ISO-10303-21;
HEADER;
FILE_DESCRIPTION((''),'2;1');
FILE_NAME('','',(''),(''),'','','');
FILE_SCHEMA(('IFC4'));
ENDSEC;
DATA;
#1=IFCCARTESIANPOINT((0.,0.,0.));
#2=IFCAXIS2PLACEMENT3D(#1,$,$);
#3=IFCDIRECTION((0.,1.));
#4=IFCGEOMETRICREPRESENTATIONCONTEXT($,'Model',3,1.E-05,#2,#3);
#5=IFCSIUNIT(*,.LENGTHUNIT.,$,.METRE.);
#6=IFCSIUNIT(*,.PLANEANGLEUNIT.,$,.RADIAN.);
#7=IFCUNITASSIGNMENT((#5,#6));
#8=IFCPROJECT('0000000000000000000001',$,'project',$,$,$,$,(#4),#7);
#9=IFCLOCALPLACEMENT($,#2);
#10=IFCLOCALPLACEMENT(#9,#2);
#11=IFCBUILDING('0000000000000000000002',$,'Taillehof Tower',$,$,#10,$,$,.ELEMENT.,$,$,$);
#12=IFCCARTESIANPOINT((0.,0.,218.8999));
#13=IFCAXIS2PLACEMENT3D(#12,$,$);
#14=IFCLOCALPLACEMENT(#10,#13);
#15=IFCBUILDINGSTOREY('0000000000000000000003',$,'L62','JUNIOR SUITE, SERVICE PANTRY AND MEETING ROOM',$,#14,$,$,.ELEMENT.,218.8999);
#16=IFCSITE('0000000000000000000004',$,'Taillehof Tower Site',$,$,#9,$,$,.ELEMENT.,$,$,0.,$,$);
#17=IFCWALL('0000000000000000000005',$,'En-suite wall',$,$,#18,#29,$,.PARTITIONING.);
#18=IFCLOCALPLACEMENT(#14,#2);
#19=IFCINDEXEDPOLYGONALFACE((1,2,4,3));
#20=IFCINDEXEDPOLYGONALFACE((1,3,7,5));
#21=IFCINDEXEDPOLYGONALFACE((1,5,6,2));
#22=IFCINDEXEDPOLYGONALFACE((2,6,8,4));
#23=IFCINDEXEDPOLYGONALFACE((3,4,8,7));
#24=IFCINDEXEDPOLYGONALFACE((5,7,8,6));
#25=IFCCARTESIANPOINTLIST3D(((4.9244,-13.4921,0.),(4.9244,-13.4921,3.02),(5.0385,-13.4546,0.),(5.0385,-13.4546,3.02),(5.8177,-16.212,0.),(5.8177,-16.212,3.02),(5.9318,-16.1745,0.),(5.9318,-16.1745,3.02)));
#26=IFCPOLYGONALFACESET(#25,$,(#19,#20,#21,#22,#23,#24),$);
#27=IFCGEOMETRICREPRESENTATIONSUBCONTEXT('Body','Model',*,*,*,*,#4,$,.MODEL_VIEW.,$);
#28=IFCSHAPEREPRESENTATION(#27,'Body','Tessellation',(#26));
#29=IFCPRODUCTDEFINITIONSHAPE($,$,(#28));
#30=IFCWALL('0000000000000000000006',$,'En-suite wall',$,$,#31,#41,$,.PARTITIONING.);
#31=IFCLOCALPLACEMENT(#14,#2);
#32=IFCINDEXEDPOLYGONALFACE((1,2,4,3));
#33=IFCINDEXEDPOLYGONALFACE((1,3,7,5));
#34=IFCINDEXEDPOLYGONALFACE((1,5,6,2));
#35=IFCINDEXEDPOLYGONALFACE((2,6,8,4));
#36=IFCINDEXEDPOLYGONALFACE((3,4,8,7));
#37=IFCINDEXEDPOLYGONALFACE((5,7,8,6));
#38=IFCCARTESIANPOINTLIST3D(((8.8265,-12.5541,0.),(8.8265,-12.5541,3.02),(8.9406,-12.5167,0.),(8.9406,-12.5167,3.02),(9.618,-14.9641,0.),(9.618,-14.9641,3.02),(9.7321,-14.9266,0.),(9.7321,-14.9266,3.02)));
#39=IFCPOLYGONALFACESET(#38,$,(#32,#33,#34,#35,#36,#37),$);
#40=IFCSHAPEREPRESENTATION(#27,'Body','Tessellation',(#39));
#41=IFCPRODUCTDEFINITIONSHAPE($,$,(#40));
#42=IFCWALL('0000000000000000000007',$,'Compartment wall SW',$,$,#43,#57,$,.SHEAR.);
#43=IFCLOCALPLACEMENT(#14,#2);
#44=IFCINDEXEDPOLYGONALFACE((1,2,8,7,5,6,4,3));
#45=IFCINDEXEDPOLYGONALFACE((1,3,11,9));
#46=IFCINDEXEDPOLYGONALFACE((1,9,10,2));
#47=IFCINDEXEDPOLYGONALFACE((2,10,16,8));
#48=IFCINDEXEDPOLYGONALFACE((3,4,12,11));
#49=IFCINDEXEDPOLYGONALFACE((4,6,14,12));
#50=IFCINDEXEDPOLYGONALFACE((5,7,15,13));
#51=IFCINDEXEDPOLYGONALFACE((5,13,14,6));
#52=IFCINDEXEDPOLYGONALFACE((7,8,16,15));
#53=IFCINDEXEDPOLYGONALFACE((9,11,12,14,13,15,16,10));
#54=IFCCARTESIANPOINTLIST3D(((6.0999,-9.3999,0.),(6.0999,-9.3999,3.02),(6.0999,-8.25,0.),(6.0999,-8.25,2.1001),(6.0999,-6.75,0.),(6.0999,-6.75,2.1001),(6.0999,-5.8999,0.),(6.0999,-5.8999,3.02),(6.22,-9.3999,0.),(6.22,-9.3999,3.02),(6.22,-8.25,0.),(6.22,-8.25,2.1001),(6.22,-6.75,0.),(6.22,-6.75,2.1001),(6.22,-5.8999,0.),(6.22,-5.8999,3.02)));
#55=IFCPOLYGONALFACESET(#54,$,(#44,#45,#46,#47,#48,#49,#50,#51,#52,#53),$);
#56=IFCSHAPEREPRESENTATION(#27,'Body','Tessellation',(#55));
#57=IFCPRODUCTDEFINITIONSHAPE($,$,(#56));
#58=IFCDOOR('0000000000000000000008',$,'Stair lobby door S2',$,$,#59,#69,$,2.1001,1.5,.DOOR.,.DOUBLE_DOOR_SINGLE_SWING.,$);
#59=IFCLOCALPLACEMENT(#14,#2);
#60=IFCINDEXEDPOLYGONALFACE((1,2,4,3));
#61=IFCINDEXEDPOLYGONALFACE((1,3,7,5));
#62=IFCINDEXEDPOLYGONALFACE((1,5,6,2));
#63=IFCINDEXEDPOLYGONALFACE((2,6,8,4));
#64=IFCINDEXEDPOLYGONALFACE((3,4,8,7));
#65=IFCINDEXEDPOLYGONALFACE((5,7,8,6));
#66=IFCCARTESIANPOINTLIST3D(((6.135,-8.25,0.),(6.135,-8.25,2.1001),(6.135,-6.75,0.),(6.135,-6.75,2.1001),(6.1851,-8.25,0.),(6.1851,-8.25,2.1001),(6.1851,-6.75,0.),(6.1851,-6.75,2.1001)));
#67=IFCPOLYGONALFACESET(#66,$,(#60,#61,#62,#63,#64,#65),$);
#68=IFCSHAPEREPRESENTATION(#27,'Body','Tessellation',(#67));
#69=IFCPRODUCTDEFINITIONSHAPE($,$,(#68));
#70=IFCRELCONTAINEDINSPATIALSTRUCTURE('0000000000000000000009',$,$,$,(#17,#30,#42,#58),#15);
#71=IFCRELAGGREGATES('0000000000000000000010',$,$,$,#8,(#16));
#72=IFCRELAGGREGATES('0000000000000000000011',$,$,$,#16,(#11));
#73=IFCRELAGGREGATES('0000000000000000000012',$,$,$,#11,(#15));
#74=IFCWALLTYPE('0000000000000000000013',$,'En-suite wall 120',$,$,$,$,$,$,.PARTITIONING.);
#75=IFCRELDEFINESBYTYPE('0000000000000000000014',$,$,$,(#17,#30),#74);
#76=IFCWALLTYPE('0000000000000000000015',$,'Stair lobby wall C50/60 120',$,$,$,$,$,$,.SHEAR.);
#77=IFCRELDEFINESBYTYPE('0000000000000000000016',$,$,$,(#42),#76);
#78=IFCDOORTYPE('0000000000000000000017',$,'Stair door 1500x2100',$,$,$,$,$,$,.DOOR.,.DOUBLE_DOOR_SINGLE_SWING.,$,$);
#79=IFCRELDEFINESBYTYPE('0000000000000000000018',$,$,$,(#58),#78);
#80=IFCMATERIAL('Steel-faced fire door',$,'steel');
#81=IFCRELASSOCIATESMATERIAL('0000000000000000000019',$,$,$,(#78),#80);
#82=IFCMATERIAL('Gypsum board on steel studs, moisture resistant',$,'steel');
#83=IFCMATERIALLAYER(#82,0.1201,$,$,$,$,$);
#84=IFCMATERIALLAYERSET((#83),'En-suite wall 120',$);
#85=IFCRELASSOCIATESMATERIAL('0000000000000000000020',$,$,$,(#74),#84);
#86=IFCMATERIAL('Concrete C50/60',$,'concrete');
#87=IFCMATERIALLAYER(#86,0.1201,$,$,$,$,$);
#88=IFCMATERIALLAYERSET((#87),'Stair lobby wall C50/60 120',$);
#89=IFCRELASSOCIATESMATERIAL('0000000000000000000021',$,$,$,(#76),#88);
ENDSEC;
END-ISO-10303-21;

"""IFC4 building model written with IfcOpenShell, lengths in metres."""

from ifc_helpers import new_model, si_unit, direction, frame, frame_2d, origin, place, context, subcontext, project, spatial, rectangle, extrude, material, layer, layer_set, type_object, element, fill, save


model = new_model("IFC4")

# Units and contexts
model_context = context("Model", 3, precision=1e-05, world=origin(), true_north=direction((0.0, 1.0)))
body_context = subcontext(model_context, "Body", "Model", "MODEL_VIEW")
ifc_project = project(units=[si_unit("LENGTHUNIT", "METRE"), si_unit("PLANEANGLEUNIT", "RADIAN")], contexts=[model_context])

# Site, building, storey
site_placement = place(None, origin())
site = spatial("IfcSite", under=ifc_project, at=site_placement, Name="Taillehof Tower Site", CompositionType="ELEMENT", RefElevation=0.0)
building_placement = place(site_placement, origin())
building = spatial("IfcBuilding", under=site, at=building_placement, Name="Taillehof Tower", CompositionType="ELEMENT")
storey_placement = place(building_placement, frame((0.0, 0.0, 218.8999)))
storey = spatial("IfcBuildingStorey", under=building, at=storey_placement, Name="L62", Description="JUNIOR SUITE, SERVICE PANTRY AND MEETING ROOM", CompositionType="ELEMENT", Elevation=218.8999)

# Shared definitions
ifc_material_1 = material(Name="Steel-faced fire door", Category="steel")
door_type_1 = type_object("IfcDoorType", Name="Stair door 1500x2100", OperationType="DOUBLE_DOOR_SINGLE_SWING", PredefinedType="DOOR", material=ifc_material_1)

# Walls
ifc_material_2 = material(Name="Gypsum board on steel studs, moisture resistant", Category="steel")
ifc_layer_1 = layer(ifc_material_2, 0.1201)
ifc_layer_set_1 = layer_set([ifc_layer_1], Name="En-suite wall 120")
wall_type_1 = type_object("IfcWallType", Name="En-suite wall 120", PredefinedType="PARTITIONING", material=ifc_layer_set_1)
wall_1_placement = place(storey_placement, frame((4.9814, -13.4734, 0.0), z_axis=(0.0, 0.0, 1.0), x_axis=(0.312029, -0.950073, 0.0)))
element("IfcWall", 1, at=wall_1_placement, inside=storey, type_object=wall_type_1, Name="En-suite wall", PredefinedType="PARTITIONING", context=body_context, shape_type="SweptSolid", body=[
    extrude(rectangle(XDim=2.8628, YDim=0.1201, at=frame_2d((1.4314, 0.0))), origin(), (0.0, 0.0, 1.0), 3.02),
])
wall_2_placement = place(storey_placement, frame((8.8835, -12.5354, 0.0), z_axis=(0.0, 0.0, 1.0), x_axis=(0.312038, -0.95007, 0.0)))
element("IfcWall", 2, at=wall_2_placement, inside=storey, type_object=wall_type_1, Name="En-suite wall", PredefinedType="PARTITIONING", context=body_context, shape_type="SweptSolid", body=[
    extrude(rectangle(XDim=2.5366, YDim=0.1201, at=frame_2d((1.2683, 0.0))), origin(), (0.0, 0.0, 1.0), 3.02),
])

# Wall, opening, door
ifc_material_3 = material(Name="Concrete C50/60", Category="concrete")
ifc_layer_2 = layer(ifc_material_3, 0.1201)
ifc_layer_set_2 = layer_set([ifc_layer_2], Name="Stair lobby wall C50/60 120")
wall_type_2 = type_object("IfcWallType", Name="Stair lobby wall C50/60 120", PredefinedType="SHEAR", material=ifc_layer_set_2)
wall_3_placement = place(storey_placement, frame((6.1599, -9.3999, 0.0), z_axis=(0.0, 0.0, 1.0), x_axis=(0.0, 1.0, 0.0)))
wall_3 = element("IfcWall", 3, at=wall_3_placement, inside=storey, type_object=wall_type_2, Name="Compartment wall SW", PredefinedType="SHEAR", context=body_context, shape_type="SweptSolid", body=[
    extrude(rectangle(XDim=3.5, YDim=0.1201, at=frame_2d((1.75, 0.0))), origin(), (0.0, 0.0, 1.0), 3.02),
])
opening_1_placement = place(wall_3_placement, frame((1.1499, 0.0, 0.0)))
opening_1 = element("IfcOpeningElement", 4, at=opening_1_placement, cuts=wall_3, PredefinedType="OPENING", context=body_context, shape_type="SweptSolid", body=[
    extrude(rectangle(XDim=1.5, YDim=2.1001, at=frame_2d((0.75, 1.05))), frame((0.0, 0.0701, 0.0), z_axis=(0.0, -1.0, 0.0), x_axis=(1.0, 0.0, 0.0)), (0.0, 0.0, 1.0), 0.1401),
])
door_1_placement = place(opening_1_placement, origin())
door_1 = element("IfcDoor", 5, at=door_1_placement, inside=storey, type_object=door_type_1, Name="Stair lobby door S2", OperationType="DOUBLE_DOOR_SINGLE_SWING", OverallHeight=2.1001, OverallWidth=1.5, PredefinedType="DOOR", context=body_context, shape_type="SweptSolid", body=[
    extrude(rectangle(XDim=1.5, YDim=2.1001, at=frame_2d((0.75, 1.05))), frame((0.0, 0.0249, 0.0), z_axis=(0.0, -1.0, 0.0), x_axis=(1.0, 0.0, 0.0)), (0.0, 0.0, 1.0), 0.05),
])
fill(opening_1, door_1)

save(model, "model.ifc")
